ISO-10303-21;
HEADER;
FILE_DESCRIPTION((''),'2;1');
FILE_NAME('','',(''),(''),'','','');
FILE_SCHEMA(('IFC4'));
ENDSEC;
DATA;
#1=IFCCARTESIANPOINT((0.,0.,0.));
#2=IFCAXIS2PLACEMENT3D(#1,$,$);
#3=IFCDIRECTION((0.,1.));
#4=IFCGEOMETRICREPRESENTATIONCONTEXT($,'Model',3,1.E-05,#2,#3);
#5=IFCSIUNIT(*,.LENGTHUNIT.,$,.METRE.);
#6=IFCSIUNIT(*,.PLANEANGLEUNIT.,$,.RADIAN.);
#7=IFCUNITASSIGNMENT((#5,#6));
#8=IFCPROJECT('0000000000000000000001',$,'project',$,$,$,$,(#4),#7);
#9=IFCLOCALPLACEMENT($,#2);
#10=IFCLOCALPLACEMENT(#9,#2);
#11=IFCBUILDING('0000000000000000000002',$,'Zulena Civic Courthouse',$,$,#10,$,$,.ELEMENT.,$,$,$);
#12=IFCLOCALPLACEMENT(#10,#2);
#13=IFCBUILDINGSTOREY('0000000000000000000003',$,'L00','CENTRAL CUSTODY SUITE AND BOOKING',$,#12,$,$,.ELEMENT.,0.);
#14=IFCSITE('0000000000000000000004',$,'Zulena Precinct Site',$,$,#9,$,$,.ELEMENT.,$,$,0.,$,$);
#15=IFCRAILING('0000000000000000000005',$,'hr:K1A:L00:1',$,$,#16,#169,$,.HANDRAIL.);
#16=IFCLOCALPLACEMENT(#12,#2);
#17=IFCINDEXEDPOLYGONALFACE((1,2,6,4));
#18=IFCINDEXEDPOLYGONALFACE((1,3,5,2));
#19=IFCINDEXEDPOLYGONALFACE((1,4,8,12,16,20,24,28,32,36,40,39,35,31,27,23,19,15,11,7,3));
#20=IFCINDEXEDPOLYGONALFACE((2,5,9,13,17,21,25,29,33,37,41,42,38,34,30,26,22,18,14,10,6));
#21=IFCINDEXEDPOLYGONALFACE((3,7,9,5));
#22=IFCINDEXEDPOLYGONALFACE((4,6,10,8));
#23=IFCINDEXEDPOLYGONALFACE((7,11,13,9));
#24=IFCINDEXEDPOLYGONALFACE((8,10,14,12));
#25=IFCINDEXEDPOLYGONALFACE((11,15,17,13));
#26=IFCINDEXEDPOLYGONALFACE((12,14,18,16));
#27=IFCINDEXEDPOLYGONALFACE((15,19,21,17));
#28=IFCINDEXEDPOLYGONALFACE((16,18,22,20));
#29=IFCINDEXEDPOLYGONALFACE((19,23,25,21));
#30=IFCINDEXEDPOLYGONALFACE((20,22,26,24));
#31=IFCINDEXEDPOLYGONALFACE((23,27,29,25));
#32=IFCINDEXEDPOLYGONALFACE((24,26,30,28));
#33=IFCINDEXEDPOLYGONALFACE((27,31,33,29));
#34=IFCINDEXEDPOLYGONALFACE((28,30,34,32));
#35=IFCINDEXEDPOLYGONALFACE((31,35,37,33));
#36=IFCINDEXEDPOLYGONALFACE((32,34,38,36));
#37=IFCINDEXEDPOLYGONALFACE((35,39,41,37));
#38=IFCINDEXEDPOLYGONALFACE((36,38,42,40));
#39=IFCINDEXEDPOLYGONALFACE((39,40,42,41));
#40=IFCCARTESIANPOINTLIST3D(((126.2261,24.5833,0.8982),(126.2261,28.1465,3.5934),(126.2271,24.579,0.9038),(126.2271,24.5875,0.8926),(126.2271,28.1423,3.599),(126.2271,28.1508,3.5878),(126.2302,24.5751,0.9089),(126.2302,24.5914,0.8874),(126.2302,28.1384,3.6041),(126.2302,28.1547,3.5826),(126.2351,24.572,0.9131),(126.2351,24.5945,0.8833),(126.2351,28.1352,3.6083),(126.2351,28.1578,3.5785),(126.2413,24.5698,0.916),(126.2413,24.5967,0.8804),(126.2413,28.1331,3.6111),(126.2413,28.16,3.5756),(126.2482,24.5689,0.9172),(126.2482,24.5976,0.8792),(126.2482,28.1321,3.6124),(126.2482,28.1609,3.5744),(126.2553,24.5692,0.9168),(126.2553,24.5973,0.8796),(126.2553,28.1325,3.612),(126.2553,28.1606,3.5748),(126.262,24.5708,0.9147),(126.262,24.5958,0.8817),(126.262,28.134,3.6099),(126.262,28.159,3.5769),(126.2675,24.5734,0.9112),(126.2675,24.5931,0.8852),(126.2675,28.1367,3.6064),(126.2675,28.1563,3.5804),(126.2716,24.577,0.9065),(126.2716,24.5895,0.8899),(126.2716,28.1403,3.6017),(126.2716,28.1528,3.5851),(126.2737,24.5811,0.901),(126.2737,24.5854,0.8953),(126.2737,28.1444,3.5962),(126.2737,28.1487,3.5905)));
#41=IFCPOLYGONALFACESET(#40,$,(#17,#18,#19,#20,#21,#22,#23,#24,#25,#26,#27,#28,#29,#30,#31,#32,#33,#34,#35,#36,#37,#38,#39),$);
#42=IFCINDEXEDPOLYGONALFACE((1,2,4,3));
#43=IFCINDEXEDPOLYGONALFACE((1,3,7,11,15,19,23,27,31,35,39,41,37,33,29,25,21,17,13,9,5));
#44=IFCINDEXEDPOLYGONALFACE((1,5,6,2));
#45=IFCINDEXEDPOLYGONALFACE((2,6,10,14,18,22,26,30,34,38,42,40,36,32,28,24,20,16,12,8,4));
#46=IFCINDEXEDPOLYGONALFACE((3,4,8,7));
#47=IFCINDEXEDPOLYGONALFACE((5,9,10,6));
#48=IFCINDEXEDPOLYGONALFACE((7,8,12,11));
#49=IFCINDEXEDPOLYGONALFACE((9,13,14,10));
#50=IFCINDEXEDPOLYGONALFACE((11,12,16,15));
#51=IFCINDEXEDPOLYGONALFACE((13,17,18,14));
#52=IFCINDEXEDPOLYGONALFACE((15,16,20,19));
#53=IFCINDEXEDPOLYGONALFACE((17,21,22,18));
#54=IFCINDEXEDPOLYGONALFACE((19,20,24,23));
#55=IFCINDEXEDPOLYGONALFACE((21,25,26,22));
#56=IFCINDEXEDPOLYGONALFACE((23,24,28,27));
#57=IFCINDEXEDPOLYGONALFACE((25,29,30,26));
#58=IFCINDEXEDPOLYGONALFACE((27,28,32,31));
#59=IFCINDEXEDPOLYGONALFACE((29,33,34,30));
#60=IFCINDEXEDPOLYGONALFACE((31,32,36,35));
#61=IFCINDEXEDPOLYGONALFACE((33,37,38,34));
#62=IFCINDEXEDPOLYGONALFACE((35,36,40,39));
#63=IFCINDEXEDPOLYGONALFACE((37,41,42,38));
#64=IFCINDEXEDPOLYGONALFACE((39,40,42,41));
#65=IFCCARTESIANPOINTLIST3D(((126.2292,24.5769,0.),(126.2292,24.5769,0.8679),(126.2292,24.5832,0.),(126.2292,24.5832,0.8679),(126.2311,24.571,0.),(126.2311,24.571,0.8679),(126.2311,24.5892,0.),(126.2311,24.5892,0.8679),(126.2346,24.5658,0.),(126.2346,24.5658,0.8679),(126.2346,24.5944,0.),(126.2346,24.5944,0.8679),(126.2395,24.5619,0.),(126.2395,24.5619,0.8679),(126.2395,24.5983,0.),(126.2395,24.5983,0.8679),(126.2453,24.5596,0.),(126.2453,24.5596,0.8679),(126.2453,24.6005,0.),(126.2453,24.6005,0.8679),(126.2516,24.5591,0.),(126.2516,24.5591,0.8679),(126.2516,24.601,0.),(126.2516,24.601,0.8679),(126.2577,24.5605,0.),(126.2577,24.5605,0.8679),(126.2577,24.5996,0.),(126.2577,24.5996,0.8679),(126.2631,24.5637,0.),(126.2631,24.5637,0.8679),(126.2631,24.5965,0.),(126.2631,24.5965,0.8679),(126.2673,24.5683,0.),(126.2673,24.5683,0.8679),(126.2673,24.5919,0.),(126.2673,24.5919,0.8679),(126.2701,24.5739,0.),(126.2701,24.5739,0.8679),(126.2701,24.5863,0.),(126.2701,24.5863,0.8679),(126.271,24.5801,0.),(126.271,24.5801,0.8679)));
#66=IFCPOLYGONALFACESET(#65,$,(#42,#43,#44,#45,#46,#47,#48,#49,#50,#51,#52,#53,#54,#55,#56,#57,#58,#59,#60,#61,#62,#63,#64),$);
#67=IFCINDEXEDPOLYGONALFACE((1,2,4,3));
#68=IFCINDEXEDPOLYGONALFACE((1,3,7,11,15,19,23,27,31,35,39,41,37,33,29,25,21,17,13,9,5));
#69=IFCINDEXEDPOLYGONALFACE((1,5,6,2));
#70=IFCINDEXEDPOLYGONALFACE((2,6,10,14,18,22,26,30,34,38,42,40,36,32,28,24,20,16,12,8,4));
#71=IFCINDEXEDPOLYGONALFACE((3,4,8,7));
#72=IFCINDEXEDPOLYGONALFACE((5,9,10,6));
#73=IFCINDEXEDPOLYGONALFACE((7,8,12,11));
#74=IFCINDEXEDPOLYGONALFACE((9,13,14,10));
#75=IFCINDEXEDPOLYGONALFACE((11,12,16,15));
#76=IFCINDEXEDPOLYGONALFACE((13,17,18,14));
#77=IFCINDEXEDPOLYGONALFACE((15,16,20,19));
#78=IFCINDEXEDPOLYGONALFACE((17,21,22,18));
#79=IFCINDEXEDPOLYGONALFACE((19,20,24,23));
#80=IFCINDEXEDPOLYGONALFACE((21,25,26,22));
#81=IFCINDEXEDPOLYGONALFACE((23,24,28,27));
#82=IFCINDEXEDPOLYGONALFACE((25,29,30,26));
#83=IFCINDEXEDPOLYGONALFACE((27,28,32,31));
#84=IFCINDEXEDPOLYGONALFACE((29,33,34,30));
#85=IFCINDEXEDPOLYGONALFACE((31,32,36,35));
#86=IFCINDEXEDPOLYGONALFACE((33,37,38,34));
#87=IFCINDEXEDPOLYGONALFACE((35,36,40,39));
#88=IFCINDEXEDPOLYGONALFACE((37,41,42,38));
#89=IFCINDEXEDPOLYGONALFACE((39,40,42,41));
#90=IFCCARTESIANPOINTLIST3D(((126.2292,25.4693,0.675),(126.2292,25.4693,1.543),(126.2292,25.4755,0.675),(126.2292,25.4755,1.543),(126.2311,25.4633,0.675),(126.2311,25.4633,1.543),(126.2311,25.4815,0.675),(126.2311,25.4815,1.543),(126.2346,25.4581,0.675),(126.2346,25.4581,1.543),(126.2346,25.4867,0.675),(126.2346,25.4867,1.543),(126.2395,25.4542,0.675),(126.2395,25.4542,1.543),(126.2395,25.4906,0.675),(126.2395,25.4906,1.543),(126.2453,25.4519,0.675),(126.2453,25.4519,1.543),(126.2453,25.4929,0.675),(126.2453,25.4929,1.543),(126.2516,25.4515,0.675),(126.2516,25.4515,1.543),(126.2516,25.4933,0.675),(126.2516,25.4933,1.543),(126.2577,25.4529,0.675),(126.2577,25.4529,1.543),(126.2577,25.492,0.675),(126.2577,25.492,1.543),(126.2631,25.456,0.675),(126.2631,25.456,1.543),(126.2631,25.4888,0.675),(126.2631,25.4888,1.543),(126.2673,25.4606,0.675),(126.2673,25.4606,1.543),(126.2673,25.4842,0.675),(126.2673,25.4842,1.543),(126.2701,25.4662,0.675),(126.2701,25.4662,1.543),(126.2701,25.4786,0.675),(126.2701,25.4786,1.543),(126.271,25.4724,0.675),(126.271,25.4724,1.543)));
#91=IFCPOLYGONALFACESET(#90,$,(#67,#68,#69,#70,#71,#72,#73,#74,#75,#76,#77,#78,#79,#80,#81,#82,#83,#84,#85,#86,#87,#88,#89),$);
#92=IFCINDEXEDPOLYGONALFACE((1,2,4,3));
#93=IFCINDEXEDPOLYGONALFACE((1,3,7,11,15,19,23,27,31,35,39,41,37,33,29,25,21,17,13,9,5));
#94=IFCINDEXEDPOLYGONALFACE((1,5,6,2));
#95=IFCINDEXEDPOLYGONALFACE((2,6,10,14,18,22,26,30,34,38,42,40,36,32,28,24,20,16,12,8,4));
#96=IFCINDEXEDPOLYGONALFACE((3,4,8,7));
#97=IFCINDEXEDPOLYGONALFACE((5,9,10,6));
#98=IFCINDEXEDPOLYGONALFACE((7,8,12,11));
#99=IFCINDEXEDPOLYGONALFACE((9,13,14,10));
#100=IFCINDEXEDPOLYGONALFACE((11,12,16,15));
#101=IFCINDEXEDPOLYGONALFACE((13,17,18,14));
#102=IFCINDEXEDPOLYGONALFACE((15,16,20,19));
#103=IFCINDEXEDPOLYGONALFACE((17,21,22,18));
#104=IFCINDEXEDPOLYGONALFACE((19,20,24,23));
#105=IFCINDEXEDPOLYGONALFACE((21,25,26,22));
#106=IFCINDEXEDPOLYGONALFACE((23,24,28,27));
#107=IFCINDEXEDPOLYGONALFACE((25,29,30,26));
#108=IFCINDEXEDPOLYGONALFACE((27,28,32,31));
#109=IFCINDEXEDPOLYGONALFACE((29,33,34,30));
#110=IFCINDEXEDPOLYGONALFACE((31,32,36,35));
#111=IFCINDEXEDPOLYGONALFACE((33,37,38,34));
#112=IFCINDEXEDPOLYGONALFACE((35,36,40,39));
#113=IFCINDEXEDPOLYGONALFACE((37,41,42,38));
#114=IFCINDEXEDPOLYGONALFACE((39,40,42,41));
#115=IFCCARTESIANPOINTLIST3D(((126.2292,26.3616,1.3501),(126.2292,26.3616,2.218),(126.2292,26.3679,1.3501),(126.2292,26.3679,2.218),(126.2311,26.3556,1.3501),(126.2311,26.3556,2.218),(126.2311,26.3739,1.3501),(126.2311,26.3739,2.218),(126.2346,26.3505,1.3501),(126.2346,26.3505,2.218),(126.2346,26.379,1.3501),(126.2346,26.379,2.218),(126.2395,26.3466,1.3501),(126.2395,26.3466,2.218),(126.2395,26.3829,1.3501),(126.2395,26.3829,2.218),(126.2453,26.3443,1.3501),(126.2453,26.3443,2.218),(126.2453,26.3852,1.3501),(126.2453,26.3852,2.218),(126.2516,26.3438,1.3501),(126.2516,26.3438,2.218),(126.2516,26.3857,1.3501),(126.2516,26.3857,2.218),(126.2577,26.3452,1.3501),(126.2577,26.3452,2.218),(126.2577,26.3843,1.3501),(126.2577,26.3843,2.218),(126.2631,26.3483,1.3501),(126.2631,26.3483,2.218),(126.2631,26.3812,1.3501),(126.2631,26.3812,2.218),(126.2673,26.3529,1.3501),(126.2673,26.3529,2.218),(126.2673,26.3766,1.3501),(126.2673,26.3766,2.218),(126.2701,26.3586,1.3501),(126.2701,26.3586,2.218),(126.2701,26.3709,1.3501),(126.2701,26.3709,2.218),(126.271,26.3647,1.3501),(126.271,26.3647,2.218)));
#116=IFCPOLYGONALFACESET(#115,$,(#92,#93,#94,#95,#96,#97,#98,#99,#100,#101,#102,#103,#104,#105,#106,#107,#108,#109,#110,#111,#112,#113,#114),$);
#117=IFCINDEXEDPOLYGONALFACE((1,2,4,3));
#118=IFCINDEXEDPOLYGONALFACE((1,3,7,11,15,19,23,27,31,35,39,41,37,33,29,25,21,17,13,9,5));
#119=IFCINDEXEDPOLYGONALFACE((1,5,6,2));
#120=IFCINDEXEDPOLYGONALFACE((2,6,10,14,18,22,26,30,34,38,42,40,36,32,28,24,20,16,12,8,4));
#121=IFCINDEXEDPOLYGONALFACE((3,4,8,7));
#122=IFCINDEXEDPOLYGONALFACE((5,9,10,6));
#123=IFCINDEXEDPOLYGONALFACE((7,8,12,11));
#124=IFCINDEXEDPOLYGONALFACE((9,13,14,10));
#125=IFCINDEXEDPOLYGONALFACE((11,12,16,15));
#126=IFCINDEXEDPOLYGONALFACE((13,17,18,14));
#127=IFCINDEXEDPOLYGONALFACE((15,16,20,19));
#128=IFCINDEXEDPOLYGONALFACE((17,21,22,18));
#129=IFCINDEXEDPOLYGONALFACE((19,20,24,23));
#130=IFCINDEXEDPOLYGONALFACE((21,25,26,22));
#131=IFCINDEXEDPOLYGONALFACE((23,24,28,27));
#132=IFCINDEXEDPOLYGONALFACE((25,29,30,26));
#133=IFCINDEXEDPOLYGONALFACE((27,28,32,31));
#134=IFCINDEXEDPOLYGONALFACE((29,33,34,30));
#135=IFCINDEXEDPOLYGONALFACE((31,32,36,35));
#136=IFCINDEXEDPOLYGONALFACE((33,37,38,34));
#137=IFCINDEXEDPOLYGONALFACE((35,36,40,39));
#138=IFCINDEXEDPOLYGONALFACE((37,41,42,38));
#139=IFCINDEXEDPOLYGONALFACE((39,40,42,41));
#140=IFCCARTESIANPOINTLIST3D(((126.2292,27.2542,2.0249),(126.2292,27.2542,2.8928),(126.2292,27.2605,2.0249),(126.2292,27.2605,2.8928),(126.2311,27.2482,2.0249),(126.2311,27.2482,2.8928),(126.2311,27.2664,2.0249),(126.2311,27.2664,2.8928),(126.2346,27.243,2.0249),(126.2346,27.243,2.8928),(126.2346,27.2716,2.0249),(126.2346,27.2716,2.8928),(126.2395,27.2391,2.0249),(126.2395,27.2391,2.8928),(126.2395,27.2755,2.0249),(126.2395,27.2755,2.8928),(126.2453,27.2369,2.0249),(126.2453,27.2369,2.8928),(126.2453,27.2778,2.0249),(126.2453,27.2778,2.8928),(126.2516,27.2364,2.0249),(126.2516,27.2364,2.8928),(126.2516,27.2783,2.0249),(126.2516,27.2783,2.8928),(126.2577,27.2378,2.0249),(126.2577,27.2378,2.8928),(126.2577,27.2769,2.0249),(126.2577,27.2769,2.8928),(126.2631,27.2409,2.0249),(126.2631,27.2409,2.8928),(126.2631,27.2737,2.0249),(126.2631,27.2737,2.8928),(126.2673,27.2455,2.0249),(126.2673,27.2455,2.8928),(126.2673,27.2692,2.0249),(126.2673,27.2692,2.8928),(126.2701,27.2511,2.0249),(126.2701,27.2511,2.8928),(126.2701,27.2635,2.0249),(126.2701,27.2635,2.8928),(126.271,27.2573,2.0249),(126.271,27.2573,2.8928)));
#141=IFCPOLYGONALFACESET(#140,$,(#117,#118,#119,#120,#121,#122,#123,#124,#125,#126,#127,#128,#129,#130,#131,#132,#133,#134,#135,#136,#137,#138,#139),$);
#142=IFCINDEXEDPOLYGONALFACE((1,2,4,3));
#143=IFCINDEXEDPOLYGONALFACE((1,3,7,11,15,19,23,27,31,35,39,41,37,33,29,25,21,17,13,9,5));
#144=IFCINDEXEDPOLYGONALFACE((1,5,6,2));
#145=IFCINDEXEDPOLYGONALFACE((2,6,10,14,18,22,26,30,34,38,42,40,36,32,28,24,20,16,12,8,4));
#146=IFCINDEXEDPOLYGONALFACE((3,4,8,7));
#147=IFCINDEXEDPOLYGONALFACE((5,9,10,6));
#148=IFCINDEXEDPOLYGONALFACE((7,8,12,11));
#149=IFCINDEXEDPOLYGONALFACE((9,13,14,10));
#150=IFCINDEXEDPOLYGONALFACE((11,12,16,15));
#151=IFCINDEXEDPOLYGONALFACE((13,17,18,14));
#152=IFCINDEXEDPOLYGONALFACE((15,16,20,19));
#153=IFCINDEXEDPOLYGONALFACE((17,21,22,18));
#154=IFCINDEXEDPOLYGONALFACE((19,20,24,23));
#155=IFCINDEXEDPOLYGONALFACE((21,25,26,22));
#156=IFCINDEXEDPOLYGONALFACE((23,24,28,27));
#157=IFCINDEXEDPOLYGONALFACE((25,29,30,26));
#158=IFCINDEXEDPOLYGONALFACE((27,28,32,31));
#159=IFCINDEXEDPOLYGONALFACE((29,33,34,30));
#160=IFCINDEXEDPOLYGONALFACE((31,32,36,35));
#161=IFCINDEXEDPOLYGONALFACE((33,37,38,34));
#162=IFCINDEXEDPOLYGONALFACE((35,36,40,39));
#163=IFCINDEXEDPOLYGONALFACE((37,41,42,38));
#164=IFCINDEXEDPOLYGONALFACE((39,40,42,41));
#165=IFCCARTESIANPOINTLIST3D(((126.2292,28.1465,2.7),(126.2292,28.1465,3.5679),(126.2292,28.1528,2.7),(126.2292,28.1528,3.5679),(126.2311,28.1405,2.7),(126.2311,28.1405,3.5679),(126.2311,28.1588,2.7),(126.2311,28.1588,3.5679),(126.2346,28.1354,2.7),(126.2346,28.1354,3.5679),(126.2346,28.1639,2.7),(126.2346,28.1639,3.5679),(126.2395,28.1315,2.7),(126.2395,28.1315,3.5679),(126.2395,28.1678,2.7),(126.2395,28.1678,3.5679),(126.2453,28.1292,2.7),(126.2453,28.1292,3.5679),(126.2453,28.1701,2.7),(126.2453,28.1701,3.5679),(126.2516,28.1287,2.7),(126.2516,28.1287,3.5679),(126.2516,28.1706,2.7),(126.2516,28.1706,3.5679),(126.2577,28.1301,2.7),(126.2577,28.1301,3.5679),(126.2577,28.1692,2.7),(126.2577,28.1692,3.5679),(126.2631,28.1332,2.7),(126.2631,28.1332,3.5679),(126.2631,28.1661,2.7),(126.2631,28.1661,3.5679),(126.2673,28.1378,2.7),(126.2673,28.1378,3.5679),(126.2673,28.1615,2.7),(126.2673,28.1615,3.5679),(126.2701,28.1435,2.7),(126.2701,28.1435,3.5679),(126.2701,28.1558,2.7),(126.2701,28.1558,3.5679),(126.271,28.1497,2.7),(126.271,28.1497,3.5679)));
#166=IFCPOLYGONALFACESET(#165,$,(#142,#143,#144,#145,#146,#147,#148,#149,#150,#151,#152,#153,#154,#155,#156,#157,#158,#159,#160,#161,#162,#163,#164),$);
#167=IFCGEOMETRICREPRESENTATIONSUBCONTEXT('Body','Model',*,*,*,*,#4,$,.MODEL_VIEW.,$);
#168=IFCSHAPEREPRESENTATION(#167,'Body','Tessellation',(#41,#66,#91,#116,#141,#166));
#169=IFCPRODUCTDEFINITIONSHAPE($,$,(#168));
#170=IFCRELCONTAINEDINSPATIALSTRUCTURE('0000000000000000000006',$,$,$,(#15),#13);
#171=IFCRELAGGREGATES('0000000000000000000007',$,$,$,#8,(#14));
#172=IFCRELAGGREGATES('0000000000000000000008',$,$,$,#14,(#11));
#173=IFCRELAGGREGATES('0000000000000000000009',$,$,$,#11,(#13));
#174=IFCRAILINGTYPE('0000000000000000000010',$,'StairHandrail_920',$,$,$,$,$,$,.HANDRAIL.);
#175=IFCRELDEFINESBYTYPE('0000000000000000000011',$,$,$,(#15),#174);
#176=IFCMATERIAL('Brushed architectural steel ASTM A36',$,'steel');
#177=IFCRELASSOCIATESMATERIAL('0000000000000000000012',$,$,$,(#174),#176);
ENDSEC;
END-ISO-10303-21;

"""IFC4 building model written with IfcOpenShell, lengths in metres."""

from ifc_helpers import new_model, si_unit, direction, frame, origin, origin_2d, place, context, subcontext, project, spatial, circle, extrude, material, type_object, element, save


model = new_model("IFC4")

# Units and contexts
model_context = context("Model", 3, precision=1e-05, world=origin(), true_north=direction((0.0, 1.0)))
body_context = subcontext(model_context, "Body", "Model", "MODEL_VIEW")
ifc_project = project(units=[si_unit("LENGTHUNIT", "METRE"), si_unit("PLANEANGLEUNIT", "RADIAN")], contexts=[model_context])

# Site, building, storey
site_placement = place(None, origin())
site = spatial("IfcSite", under=ifc_project, at=site_placement, Name="Zulena Precinct Site", CompositionType="ELEMENT", RefElevation=0.0)
building_placement = place(site_placement, origin())
building = spatial("IfcBuilding", under=site, at=building_placement, Name="Zulena Civic Courthouse", CompositionType="ELEMENT")
storey_placement = place(building_placement, origin())
storey = spatial("IfcBuildingStorey", under=building, at=storey_placement, Name="L00", Description="CENTRAL CUSTODY SUITE AND BOOKING", CompositionType="ELEMENT", Elevation=0.0)

# Shared definitions
ifc_material_1 = material(Name="Brushed architectural steel ASTM A36", Category="steel")

# Railing
railing_type_1 = type_object("IfcRailingType", Name="StairHandrail_920", PredefinedType="HANDRAIL", material=ifc_material_1)
railing_1_placement = place(storey_placement, frame((126.25, 24.5801, 0.0)))
element("IfcRailing", 1, at=railing_1_placement, inside=storey, type_object=railing_type_1, Name="hr:K1A:L00:1", PredefinedType="HANDRAIL", context=body_context, shape_type="SweptSolid", body=[
    extrude(circle(Radius=0.0239, at=origin_2d()), frame((0.0, 0.0032, 0.8982), z_axis=(0.0, 0.797552, 0.60325), x_axis=(-1.0, 0.0, 0.0)), (0.0, 0.0, 1.0), 4.4678),
    extrude(circle(Radius=0.021, at=origin_2d()), origin(), (0.0, 0.0, 1.0), 0.8679),
    extrude(circle(Radius=0.021, at=origin_2d()), frame((0.0, 0.8923, 0.675)), (0.0, 0.0, 1.0), 0.8679),
    extrude(circle(Radius=0.021, at=origin_2d()), frame((0.0, 1.7847, 1.3501)), (0.0, 0.0, 1.0), 0.8679),
    extrude(circle(Radius=0.021, at=origin_2d()), frame((0.0, 2.6772, 2.0249)), (0.0, 0.0, 1.0), 0.8679),
    extrude(circle(Radius=0.021, at=origin_2d()), frame((0.0, 3.5696, 2.7)), (0.0, 0.0, 1.0), 0.8679),
])

save(model, "model.ifc")
